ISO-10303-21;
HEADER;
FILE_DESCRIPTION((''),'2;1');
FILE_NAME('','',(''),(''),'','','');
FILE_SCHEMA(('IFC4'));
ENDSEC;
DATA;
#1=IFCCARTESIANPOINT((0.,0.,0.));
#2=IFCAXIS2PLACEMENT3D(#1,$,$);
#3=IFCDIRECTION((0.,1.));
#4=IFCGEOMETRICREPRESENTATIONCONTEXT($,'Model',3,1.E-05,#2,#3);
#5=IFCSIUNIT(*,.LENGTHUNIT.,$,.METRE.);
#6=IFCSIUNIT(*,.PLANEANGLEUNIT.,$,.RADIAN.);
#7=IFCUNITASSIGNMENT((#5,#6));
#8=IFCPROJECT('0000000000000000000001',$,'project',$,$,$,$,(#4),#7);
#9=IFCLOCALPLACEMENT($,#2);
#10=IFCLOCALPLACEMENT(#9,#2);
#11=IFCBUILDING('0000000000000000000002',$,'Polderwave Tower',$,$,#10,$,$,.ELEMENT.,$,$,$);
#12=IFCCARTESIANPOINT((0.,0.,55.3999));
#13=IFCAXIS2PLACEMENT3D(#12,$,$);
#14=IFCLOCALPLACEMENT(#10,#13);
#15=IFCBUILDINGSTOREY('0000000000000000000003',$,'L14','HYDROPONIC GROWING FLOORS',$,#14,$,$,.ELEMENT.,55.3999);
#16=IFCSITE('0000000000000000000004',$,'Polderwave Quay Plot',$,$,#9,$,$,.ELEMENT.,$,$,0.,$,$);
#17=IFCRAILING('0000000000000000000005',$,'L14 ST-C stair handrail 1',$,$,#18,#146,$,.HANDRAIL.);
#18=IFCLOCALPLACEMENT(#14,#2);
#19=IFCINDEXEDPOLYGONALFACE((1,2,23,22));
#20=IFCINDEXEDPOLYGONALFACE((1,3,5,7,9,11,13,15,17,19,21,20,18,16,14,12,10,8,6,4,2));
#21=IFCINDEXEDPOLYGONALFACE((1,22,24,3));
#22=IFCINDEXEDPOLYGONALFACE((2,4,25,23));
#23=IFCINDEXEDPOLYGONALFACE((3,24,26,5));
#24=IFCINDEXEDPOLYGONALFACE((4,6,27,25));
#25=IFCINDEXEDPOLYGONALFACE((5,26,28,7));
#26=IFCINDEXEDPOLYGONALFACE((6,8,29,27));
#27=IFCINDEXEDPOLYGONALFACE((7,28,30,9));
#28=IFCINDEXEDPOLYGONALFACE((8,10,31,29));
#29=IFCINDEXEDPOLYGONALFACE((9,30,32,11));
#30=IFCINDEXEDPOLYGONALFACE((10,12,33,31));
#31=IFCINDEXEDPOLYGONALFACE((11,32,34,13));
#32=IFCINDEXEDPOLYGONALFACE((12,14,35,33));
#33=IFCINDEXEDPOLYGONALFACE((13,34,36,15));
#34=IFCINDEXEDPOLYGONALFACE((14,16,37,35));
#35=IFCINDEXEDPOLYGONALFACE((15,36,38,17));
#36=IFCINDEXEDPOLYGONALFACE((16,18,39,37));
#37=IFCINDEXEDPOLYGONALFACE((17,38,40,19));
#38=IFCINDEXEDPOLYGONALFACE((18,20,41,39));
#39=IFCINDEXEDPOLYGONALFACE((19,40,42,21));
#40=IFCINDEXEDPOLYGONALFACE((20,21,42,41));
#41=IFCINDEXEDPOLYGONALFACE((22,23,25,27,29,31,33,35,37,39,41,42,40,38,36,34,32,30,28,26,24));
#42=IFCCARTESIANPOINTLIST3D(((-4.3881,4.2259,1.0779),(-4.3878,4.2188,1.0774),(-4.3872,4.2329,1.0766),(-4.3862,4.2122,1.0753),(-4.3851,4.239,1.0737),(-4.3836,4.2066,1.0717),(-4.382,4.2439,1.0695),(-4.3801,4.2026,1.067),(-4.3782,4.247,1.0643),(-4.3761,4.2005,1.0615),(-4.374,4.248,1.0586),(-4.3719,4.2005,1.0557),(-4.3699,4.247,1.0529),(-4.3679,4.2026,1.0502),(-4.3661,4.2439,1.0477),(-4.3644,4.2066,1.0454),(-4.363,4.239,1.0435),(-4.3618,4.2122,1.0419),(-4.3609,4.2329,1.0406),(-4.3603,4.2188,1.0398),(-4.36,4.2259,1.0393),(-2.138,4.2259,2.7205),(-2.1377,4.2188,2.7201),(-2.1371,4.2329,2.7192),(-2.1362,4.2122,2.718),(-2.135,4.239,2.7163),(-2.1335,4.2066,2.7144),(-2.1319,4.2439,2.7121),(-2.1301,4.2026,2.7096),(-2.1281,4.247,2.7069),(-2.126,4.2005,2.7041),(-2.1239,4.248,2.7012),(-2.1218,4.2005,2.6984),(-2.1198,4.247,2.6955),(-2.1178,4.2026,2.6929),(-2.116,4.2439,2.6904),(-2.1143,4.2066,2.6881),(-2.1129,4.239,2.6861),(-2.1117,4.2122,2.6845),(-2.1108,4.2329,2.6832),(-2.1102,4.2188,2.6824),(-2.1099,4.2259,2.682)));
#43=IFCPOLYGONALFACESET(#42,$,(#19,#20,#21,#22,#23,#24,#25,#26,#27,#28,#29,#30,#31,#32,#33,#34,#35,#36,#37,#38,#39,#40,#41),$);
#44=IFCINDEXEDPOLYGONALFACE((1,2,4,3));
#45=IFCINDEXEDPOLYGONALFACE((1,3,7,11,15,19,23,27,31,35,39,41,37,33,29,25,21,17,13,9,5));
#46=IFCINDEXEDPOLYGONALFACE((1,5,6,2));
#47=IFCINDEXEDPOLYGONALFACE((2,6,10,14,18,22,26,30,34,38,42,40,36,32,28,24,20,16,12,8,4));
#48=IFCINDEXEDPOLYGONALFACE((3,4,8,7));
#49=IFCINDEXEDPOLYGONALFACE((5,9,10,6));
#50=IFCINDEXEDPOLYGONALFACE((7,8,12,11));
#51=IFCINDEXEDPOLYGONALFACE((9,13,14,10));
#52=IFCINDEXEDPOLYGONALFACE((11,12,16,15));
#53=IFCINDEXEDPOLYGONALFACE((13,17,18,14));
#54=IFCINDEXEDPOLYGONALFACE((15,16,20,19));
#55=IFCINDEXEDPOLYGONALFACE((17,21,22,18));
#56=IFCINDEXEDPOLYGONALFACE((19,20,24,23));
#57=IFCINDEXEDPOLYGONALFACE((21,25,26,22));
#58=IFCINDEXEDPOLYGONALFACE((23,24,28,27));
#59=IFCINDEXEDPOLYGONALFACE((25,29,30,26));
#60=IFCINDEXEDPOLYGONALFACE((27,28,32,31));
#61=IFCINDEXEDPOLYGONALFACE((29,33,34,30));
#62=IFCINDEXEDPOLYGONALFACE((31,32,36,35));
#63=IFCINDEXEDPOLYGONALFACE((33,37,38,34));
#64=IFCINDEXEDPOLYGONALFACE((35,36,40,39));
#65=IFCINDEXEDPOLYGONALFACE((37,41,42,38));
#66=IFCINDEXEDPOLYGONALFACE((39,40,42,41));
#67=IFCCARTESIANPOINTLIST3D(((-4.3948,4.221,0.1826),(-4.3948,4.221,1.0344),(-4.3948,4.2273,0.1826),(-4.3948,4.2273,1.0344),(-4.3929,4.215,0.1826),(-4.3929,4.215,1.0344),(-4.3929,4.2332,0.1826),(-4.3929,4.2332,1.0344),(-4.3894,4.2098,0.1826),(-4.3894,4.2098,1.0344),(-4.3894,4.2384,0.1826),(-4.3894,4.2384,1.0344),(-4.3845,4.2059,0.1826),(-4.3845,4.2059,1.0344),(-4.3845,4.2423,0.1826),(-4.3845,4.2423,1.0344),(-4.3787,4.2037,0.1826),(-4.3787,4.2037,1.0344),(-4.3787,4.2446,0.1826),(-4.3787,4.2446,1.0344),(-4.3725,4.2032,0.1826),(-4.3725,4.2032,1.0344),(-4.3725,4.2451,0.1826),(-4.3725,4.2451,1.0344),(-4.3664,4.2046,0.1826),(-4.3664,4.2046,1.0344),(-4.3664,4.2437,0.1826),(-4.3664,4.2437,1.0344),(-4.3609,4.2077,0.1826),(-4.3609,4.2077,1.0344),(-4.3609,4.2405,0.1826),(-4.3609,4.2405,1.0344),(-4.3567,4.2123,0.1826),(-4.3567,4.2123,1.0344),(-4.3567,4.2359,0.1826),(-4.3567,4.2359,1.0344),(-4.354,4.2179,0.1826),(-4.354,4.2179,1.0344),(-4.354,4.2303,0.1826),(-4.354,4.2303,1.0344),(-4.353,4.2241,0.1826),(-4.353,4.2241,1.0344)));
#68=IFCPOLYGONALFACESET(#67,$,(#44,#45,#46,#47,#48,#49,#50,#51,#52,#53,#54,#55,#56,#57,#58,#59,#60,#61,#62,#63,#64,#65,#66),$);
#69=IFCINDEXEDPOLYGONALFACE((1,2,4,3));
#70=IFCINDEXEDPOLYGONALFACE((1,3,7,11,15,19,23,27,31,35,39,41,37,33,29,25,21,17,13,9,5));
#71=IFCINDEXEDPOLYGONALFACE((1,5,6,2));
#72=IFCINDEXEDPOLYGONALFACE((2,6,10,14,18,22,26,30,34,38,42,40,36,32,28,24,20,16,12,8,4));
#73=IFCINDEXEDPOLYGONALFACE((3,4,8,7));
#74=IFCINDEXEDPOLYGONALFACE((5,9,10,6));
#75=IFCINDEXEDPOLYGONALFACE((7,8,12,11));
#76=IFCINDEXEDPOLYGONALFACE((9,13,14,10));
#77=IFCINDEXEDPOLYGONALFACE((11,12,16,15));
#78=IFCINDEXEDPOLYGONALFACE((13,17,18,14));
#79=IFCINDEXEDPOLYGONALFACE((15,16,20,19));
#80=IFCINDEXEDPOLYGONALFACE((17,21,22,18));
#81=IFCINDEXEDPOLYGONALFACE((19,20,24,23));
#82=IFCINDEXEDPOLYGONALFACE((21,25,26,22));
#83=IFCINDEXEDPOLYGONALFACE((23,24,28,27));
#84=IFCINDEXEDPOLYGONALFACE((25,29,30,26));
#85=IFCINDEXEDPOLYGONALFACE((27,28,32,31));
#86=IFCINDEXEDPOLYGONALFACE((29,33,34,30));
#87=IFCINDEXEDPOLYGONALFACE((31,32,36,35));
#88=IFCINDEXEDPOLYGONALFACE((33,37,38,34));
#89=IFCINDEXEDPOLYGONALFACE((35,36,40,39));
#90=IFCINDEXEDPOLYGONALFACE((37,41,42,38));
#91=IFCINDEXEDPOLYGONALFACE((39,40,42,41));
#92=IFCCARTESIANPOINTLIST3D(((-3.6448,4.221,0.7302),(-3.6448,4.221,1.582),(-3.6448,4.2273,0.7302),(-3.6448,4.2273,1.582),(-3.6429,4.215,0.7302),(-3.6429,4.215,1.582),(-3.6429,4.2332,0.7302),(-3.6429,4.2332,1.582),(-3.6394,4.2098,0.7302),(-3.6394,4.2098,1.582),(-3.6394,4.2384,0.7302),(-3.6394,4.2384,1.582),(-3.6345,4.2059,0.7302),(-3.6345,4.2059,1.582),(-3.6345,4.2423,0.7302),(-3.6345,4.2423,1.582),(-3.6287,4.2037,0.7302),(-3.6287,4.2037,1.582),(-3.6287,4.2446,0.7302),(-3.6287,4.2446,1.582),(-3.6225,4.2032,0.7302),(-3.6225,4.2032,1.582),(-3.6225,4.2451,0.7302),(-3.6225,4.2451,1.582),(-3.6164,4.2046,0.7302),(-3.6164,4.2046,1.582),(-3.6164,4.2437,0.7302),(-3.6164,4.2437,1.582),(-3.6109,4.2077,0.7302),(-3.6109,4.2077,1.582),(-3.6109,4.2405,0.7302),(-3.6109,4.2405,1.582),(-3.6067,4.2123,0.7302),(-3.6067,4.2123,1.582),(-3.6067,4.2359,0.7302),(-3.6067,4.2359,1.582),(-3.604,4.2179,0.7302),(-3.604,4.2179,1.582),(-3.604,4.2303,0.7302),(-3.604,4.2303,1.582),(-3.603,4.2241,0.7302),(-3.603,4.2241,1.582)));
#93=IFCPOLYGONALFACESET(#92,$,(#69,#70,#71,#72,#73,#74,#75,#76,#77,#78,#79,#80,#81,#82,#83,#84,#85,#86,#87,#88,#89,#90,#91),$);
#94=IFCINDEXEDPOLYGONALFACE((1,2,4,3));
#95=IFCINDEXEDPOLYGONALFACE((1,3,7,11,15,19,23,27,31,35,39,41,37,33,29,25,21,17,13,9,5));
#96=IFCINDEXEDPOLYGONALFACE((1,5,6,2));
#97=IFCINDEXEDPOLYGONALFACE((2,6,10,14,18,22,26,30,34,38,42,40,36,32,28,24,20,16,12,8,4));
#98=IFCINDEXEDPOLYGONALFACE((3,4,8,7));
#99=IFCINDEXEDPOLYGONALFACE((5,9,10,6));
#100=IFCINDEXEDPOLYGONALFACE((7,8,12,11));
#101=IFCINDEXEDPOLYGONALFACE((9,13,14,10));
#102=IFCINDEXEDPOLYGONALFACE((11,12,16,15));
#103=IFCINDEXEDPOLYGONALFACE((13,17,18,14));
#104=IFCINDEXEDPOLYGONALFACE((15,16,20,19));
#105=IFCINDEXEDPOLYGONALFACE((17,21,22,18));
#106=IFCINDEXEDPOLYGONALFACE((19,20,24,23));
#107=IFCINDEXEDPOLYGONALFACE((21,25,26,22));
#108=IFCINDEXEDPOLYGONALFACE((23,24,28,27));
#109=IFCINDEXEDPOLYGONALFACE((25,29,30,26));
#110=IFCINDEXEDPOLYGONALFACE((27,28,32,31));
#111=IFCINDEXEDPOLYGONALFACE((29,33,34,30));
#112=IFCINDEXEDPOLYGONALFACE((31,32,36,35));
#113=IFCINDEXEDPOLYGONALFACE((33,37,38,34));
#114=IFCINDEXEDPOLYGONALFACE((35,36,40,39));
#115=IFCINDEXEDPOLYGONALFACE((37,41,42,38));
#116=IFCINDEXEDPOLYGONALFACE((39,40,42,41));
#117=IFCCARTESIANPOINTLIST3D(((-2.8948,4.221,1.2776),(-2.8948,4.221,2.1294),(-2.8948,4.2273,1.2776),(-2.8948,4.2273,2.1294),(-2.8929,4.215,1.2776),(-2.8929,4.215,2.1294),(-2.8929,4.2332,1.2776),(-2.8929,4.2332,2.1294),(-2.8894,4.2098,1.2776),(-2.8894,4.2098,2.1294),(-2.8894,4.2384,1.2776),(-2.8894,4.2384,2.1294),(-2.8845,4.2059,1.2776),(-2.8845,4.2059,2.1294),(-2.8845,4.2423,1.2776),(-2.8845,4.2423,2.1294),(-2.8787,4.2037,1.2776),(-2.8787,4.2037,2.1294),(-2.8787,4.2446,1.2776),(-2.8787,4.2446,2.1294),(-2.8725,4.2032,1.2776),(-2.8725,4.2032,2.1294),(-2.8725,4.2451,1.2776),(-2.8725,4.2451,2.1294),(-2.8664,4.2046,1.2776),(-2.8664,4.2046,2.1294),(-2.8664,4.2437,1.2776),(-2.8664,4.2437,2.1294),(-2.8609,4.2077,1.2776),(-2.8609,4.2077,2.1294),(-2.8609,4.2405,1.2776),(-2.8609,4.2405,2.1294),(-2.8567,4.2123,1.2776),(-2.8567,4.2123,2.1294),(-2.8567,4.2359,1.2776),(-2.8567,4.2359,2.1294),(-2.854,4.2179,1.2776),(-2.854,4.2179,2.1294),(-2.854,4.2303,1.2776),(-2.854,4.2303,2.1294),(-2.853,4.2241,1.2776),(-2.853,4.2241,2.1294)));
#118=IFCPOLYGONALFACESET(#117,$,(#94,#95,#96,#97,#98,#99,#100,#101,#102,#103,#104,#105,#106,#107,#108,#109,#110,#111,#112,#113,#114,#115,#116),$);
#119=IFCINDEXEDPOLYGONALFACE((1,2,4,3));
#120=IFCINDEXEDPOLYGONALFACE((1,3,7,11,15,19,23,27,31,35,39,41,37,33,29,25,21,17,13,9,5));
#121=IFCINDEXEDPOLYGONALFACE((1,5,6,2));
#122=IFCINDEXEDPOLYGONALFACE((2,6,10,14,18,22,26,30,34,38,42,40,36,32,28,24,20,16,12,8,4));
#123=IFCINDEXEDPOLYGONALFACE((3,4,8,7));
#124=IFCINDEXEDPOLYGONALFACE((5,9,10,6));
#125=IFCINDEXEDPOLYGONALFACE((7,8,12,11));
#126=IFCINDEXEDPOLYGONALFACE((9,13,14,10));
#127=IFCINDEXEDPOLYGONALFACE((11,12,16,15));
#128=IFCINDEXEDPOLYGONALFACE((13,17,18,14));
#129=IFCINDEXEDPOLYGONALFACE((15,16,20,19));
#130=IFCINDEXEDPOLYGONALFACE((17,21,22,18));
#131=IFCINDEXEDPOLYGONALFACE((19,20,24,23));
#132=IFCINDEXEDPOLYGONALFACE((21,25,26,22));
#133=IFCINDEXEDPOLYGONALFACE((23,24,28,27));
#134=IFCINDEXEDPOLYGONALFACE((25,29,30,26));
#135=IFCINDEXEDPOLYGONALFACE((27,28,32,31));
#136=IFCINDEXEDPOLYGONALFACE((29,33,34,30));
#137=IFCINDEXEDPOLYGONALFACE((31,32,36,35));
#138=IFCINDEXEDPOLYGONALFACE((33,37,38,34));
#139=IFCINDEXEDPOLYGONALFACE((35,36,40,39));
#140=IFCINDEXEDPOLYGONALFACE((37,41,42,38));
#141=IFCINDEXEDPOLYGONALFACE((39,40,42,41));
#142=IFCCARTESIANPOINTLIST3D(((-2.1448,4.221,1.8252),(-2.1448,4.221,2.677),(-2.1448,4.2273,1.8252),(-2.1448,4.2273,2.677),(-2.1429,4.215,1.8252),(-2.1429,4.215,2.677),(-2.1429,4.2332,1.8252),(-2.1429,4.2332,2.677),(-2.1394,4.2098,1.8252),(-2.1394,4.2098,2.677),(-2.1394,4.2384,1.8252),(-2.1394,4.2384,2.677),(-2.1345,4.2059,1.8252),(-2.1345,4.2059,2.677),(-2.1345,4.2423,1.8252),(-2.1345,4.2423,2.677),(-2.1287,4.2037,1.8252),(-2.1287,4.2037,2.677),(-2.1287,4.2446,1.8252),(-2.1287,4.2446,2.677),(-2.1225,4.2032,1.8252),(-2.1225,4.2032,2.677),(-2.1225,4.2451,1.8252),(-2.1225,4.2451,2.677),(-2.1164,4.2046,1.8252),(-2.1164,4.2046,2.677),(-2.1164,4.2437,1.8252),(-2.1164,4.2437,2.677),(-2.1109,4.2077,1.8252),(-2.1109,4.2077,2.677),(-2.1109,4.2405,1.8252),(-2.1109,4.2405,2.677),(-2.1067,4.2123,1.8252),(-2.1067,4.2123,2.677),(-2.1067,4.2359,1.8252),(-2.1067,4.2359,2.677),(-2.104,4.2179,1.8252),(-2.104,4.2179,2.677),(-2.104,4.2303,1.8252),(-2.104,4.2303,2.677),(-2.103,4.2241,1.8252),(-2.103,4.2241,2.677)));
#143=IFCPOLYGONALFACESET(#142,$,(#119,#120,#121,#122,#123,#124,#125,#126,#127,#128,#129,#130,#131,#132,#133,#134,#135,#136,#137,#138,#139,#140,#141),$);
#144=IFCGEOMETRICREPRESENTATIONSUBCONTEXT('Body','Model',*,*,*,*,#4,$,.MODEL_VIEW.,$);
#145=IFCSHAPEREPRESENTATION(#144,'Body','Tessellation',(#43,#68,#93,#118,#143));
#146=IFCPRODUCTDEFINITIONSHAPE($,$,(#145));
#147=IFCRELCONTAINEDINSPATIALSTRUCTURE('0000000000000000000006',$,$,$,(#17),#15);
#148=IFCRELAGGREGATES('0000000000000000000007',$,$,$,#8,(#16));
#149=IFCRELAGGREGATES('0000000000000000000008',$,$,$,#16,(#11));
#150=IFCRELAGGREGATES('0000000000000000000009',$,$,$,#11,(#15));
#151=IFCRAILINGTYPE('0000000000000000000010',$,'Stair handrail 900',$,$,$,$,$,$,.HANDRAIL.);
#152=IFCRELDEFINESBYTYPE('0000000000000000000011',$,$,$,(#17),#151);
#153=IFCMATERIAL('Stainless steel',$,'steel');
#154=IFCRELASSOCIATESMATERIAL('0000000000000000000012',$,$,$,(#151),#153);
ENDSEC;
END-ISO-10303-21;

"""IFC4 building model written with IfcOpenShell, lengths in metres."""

from ifc_helpers import new_model, si_unit, direction, frame, origin, origin_2d, place, context, subcontext, project, spatial, circle, extrude, material, type_object, element, save


model = new_model("IFC4")

# Units and contexts
model_context = context("Model", 3, precision=1e-05, world=origin(), true_north=direction((0.0, 1.0)))
body_context = subcontext(model_context, "Body", "Model", "MODEL_VIEW")
ifc_project = project(units=[si_unit("LENGTHUNIT", "METRE"), si_unit("PLANEANGLEUNIT", "RADIAN")], contexts=[model_context])

# Site, building, storey
site_placement = place(None, origin())
site = spatial("IfcSite", under=ifc_project, at=site_placement, Name="Polderwave Quay Plot", CompositionType="ELEMENT", RefElevation=0.0)
building_placement = place(site_placement, origin())
building = spatial("IfcBuilding", under=site, at=building_placement, Name="Polderwave Tower", CompositionType="ELEMENT")
storey_placement = place(building_placement, frame((0.0, 0.0, 55.3999)))
storey = spatial("IfcBuildingStorey", under=building, at=storey_placement, Name="L14", Description="HYDROPONIC GROWING FLOORS", CompositionType="ELEMENT", Elevation=55.3999)

# Railing
ifc_material_1 = material(Name="Stainless steel", Category="steel")
railing_type_1 = type_object("IfcRailingType", Name="Stair handrail 900", PredefinedType="HANDRAIL", material=ifc_material_1)
railing_1_placement = place(storey_placement, frame((-4.374, 4.2241, 0.1826)))
element("IfcRailing", 1, at=railing_1_placement, inside=storey, type_object=railing_type_1, Name="L14 ST-C stair handrail 1", PredefinedType="HANDRAIL", context=body_context, shape_type="SweptSolid", body=[
    extrude(circle(Radius=0.0239, at=origin_2d()), frame((0.0, 0.0, 0.876), z_axis=(0.807674, 0.0, 0.58963), x_axis=(0.0, 1.0, 0.0)), (0.0, 0.0, 1.0), 2.7859),
    extrude(circle(Radius=0.021, at=origin_2d()), origin(), (0.0, 0.0, 1.0), 0.8518),
    extrude(circle(Radius=0.021, at=origin_2d()), frame((0.75, 0.0, 0.5476)), (0.0, 0.0, 1.0), 0.8518),
    extrude(circle(Radius=0.021, at=origin_2d()), frame((1.5, 0.0, 1.095)), (0.0, 0.0, 1.0), 0.8518),
    extrude(circle(Radius=0.021, at=origin_2d()), frame((2.25, 0.0, 1.6426)), (0.0, 0.0, 1.0), 0.8518),
])

save(model, "model.ifc")
